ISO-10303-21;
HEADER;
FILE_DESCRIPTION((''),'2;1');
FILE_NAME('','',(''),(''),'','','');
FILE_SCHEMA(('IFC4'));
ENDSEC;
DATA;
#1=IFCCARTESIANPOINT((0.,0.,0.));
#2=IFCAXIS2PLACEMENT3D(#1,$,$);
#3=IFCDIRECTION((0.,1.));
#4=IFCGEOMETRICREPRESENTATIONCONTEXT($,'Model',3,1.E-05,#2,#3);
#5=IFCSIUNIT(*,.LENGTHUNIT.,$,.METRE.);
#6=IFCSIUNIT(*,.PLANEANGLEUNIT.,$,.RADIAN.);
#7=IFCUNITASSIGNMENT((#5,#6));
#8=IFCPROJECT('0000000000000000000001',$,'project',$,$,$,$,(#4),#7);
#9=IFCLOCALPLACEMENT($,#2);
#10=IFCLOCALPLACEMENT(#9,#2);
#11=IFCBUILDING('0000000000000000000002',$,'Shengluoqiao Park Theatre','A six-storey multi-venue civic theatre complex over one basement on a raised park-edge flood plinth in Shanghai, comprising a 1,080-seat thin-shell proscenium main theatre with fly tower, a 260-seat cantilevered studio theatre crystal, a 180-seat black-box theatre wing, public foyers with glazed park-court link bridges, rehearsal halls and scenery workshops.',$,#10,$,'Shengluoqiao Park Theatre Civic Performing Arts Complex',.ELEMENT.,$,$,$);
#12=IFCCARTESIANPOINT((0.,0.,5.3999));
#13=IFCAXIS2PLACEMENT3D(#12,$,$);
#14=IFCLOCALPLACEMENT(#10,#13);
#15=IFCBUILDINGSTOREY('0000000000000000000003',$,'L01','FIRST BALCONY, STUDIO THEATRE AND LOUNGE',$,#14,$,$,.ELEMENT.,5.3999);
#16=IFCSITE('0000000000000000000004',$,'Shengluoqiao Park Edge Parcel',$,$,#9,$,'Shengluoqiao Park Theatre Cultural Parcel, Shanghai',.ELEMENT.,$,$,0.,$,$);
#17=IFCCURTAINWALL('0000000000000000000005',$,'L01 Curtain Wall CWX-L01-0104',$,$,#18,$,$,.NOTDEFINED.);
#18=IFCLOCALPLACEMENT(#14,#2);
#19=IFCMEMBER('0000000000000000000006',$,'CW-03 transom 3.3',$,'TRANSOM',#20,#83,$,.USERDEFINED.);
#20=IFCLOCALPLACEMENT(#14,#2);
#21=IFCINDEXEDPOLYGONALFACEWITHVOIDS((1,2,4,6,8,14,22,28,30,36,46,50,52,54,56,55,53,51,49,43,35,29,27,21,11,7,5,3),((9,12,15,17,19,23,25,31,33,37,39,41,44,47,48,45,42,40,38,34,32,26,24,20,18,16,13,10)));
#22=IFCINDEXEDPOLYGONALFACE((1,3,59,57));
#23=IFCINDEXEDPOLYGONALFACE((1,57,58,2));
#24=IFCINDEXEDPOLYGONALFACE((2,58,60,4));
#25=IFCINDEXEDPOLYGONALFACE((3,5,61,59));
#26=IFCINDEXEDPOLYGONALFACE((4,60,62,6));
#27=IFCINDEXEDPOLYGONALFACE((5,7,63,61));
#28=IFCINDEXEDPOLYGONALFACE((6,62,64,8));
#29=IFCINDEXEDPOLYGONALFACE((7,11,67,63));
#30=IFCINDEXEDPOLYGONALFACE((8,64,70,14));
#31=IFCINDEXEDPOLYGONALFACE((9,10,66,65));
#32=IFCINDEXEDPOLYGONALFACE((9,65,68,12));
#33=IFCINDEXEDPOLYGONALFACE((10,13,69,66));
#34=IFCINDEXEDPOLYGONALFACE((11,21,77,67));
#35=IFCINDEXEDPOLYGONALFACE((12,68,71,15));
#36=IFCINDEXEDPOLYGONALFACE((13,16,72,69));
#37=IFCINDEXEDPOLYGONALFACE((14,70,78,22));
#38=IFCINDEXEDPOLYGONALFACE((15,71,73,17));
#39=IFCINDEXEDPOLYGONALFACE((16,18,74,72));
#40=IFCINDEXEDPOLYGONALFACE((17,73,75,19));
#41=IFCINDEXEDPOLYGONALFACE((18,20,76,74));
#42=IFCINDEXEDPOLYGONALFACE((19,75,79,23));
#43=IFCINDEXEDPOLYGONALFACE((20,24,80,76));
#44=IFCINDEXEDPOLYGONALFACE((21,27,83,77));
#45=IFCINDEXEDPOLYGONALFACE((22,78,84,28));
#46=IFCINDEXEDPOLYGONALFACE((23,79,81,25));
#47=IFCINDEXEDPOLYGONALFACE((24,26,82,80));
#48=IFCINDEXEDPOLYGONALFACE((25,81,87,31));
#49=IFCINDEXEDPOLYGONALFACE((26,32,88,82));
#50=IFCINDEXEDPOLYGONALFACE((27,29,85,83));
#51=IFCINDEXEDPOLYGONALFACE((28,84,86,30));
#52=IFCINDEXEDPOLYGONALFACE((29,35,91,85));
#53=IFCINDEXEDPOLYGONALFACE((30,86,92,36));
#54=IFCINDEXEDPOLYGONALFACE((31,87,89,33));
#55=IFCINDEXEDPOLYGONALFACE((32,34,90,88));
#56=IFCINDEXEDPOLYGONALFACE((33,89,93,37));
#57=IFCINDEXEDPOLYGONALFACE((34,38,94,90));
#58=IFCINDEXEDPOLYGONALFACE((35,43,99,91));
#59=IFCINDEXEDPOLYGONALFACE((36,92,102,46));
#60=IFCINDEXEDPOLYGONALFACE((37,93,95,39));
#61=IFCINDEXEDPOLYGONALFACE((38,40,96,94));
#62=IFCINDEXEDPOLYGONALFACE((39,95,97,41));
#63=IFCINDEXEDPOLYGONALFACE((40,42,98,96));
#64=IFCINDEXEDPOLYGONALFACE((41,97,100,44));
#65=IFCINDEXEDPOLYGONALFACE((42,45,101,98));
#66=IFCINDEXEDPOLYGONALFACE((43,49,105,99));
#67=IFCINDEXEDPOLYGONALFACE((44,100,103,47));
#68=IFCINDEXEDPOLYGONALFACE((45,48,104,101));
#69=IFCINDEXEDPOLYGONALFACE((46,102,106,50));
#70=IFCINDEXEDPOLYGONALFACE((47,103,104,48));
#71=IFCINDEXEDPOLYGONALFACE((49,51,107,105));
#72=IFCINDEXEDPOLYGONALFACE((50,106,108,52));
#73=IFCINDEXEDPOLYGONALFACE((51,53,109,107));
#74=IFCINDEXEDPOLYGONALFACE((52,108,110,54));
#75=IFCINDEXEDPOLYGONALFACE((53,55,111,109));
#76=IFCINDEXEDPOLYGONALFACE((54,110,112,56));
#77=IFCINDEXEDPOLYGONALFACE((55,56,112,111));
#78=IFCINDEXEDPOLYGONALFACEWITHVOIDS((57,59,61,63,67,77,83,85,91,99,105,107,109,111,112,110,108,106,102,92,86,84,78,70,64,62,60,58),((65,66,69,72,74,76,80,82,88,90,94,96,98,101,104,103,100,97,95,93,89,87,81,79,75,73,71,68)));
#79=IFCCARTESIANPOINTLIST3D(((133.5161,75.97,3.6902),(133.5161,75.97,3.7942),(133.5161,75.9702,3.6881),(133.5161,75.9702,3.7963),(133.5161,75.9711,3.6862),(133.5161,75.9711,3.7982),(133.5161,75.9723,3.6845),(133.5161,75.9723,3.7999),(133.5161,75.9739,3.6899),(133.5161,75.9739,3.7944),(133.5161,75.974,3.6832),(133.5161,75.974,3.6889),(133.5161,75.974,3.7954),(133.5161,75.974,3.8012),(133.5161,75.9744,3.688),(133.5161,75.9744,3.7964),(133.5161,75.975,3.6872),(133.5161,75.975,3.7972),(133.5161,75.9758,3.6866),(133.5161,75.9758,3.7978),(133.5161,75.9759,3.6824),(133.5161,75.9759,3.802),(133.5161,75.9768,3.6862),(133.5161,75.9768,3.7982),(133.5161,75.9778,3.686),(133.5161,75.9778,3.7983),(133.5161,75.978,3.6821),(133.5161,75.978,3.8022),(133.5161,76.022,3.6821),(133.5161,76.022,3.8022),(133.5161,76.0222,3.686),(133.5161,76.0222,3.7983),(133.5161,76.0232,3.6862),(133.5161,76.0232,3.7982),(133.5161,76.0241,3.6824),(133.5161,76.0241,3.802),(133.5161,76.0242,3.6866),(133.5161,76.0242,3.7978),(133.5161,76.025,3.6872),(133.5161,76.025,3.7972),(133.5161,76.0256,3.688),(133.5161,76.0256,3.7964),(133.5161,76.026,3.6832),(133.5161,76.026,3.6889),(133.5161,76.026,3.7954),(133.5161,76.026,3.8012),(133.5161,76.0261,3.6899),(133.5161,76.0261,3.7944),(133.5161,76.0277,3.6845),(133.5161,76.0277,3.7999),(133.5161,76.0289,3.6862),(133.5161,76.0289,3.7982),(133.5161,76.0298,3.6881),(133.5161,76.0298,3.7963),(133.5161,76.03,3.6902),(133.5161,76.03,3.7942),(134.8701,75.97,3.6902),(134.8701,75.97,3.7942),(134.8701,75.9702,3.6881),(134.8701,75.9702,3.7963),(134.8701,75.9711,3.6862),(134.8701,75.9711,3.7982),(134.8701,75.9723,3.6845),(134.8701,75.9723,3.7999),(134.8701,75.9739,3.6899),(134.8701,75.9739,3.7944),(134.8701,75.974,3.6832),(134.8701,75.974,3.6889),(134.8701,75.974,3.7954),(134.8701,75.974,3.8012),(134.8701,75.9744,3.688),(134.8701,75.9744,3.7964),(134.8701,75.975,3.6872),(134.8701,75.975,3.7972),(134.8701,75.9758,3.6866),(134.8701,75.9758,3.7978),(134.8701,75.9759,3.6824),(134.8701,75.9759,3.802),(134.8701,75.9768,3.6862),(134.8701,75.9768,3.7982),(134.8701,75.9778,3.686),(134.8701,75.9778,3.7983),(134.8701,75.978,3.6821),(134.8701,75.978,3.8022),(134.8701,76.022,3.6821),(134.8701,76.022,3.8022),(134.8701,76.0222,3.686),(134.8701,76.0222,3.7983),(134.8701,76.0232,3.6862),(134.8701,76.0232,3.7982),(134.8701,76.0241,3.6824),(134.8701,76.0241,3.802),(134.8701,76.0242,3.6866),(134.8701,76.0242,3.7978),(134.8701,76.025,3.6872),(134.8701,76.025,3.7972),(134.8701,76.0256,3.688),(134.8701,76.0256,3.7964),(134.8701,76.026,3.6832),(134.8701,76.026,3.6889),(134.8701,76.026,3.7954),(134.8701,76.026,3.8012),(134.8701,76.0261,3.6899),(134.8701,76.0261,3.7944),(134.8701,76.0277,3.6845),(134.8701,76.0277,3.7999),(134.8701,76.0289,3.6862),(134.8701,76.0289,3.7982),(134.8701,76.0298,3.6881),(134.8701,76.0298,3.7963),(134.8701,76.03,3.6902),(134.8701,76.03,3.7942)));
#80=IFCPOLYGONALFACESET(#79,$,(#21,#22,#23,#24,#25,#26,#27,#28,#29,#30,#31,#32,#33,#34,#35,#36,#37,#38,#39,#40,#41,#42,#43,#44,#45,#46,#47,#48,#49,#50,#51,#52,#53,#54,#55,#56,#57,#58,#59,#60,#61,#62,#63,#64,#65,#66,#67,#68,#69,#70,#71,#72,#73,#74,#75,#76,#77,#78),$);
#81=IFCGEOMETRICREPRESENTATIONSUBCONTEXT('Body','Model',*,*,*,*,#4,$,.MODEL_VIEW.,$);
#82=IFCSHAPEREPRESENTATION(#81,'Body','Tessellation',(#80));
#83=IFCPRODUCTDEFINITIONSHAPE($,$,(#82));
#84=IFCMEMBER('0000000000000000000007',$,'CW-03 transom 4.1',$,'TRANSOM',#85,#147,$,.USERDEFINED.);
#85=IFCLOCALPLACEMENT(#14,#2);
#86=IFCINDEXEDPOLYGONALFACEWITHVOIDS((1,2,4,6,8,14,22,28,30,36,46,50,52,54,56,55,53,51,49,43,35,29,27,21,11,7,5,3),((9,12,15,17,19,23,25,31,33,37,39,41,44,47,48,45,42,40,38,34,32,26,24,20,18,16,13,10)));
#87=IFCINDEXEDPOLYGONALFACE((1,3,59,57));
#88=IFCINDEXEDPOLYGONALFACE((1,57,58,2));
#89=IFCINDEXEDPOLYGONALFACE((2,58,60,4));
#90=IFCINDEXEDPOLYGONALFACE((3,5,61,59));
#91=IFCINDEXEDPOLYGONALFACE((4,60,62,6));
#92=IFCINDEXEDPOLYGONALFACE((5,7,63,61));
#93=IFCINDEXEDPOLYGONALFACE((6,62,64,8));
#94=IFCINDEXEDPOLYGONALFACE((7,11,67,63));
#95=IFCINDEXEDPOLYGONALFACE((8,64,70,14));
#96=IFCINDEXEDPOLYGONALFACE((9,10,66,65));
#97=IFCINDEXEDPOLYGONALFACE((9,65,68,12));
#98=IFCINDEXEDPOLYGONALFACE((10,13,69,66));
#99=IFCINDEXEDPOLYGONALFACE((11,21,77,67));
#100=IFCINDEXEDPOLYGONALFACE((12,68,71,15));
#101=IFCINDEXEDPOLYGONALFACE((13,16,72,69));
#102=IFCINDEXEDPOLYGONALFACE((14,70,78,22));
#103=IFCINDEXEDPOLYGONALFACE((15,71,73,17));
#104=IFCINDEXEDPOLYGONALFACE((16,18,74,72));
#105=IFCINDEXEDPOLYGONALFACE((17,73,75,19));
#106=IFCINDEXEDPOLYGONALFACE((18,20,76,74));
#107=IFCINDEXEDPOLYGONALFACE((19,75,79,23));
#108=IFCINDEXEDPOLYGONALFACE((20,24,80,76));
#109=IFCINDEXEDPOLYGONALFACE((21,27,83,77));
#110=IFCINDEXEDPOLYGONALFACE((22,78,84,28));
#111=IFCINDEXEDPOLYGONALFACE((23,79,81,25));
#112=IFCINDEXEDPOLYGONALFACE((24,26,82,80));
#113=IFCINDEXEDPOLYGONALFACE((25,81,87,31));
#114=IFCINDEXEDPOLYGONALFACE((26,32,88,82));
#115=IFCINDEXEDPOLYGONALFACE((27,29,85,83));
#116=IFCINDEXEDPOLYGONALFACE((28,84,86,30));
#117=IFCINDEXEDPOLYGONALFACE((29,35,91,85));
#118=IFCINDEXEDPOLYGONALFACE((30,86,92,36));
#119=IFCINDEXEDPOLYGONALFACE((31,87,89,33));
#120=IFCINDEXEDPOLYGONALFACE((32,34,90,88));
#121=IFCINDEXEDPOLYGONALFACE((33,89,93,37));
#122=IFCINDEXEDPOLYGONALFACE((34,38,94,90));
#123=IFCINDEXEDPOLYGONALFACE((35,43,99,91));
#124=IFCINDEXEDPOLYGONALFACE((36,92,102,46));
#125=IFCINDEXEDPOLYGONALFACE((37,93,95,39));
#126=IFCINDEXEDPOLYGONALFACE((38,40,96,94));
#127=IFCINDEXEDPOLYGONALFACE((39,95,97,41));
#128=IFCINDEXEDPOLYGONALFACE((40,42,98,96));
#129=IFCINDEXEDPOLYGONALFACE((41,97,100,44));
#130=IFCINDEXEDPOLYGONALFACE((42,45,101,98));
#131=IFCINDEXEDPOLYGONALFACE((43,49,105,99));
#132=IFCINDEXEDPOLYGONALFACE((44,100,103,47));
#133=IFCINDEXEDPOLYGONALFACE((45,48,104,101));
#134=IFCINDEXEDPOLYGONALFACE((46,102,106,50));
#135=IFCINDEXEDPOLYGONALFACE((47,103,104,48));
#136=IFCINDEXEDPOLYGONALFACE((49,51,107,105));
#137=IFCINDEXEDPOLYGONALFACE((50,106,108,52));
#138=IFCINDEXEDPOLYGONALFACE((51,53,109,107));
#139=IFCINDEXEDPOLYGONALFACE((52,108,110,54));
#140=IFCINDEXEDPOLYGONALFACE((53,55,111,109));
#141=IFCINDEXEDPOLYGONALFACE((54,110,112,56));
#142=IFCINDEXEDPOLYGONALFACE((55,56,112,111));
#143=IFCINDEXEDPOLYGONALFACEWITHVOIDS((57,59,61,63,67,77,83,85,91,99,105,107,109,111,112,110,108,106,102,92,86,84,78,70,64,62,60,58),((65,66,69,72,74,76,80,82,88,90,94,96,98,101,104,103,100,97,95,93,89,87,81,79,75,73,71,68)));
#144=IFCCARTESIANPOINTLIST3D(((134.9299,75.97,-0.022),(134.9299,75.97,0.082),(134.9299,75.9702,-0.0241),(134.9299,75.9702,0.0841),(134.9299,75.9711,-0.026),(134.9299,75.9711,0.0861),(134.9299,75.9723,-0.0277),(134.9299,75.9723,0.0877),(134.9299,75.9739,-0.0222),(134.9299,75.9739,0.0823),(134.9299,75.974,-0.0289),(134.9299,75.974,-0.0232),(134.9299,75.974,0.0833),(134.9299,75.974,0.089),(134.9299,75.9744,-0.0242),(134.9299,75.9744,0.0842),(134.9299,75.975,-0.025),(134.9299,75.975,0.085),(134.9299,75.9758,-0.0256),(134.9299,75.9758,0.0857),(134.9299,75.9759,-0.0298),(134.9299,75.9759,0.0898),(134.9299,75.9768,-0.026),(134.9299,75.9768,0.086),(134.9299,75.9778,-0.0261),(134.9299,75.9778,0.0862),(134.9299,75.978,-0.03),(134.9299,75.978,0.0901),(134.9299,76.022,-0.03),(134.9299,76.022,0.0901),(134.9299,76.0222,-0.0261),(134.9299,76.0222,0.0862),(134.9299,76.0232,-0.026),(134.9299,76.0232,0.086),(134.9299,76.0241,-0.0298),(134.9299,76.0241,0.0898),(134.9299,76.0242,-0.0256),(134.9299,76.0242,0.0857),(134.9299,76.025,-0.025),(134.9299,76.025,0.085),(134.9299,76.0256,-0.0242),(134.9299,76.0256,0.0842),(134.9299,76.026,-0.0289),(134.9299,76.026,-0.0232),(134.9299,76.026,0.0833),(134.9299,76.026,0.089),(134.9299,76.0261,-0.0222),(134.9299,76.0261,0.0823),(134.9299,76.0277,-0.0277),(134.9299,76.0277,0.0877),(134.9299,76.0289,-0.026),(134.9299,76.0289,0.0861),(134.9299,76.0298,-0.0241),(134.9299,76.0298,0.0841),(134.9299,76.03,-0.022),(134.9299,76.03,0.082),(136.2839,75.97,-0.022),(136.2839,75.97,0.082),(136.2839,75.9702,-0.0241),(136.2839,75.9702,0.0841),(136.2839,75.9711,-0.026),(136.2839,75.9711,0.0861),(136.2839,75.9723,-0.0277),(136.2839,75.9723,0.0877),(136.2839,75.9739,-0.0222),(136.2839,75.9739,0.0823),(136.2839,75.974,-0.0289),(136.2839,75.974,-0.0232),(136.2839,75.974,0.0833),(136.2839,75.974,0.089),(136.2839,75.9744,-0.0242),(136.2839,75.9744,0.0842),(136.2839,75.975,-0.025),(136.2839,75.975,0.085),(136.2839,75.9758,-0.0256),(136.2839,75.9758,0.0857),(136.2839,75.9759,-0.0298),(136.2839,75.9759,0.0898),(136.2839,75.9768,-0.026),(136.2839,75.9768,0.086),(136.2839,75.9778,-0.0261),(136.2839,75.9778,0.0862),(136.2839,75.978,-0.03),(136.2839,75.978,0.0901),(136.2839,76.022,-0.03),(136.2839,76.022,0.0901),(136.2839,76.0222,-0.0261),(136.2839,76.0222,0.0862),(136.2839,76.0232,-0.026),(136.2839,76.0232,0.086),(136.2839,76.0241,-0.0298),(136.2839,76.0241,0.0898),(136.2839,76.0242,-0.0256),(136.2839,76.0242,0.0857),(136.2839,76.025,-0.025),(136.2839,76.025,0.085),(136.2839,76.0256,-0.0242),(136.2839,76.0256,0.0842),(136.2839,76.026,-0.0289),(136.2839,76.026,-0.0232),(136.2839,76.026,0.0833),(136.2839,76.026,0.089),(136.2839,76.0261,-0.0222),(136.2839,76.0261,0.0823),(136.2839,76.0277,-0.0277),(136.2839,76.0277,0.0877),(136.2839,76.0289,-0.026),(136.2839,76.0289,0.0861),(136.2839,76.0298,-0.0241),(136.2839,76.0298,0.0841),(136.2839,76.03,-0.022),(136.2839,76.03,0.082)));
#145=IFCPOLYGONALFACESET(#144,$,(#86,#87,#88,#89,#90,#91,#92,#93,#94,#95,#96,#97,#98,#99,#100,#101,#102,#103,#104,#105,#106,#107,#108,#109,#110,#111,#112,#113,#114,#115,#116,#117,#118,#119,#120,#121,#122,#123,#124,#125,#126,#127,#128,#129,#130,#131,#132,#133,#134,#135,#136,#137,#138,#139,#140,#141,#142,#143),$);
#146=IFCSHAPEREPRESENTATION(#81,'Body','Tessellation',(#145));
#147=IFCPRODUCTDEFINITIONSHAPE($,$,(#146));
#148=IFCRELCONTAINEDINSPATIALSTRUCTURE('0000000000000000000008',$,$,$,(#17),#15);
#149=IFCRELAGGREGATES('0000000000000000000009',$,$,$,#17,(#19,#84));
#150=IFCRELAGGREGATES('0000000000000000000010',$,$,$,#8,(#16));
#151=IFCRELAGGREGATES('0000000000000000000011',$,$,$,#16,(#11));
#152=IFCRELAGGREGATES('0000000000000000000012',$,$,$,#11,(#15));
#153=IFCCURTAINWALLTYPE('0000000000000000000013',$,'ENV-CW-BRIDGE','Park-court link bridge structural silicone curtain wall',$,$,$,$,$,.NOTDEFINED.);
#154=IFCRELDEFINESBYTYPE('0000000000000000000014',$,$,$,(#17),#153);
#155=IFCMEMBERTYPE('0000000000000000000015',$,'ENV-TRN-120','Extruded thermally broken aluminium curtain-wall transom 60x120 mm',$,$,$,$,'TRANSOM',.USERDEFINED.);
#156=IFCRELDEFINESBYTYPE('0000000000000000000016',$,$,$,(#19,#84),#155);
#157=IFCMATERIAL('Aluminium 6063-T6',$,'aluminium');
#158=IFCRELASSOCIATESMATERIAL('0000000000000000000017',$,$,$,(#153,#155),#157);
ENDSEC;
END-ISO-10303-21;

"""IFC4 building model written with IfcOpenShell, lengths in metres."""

from ifc_helpers import new_model, si_unit, direction, frame, origin, origin_2d, place, context, subcontext, project, spatial, hollow_rectangle, extrude, material, material_profile, profile_set, type_object, element, aggregate, save


model = new_model("IFC4")

# Units and contexts
model_context = context("Model", 3, precision=1e-05, world=origin(), true_north=direction((0.0, 1.0)))
body_context = subcontext(model_context, "Body", "Model", "MODEL_VIEW")
ifc_project = project(units=[si_unit("LENGTHUNIT", "METRE"), si_unit("PLANEANGLEUNIT", "RADIAN")], contexts=[model_context])

# Site, building, storey
site_placement = place(None, origin())
site = spatial("IfcSite", under=ifc_project, at=site_placement, Name="Shengluoqiao Park Edge Parcel", LongName="Shengluoqiao Park Theatre Cultural Parcel, Shanghai", CompositionType="ELEMENT", RefElevation=0.0)
building_placement = place(site_placement, origin())
building = spatial("IfcBuilding", under=site, at=building_placement, Name="Shengluoqiao Park Theatre", Description="A six-storey multi-venue civic theatre complex over one basement on a raised park-edge flood plinth in Shanghai, comprising a 1,080-seat thin-shell proscenium main theatre with fly tower, a 260-seat cantilevered studio theatre crystal, a 180-seat black-box theatre wing, public foyers with glazed park-court link bridges, rehearsal halls and scenery workshops.", LongName="Shengluoqiao Park Theatre Civic Performing Arts Complex", CompositionType="ELEMENT")
storey_placement = place(building_placement, frame((0.0, 0.0, 5.3999)))
storey = spatial("IfcBuildingStorey", under=building, at=storey_placement, Name="L01", Description="FIRST BALCONY, STUDIO THEATRE AND LOUNGE", CompositionType="ELEMENT", Elevation=5.3999)

# Curtain wall, members
ifc_material_1 = material(Name="Aluminium 6063-T6", Category="aluminium")
curtain_wall_type = type_object("IfcCurtainWallType", Name="ENV-CW-BRIDGE", Description="Park-court link bridge structural silicone curtain wall", PredefinedType="NOTDEFINED", material=ifc_material_1)
curtain_wall_placement = place(storey_placement, origin())
curtain_wall = element("IfcCurtainWall", 1, at=curtain_wall_placement, inside=storey, type_object=curtain_wall_type, Name="L01 Curtain Wall CWX-L01-0104", PredefinedType="NOTDEFINED")
ifc_material_profile_1 = material_profile(ifc_material_1, hollow_rectangle(XDim=0.0601, YDim=0.1201, WallThickness=0.0039, InnerFilletRadius=0.0039, OuterFilletRadius=0.0081, at=origin_2d()), Name="ALU TRANSOM 120x60x4")
ifc_profile_set_1 = profile_set([ifc_material_profile_1], Name="Aluminium 6063-T6")
member_type_1 = type_object("IfcMemberType", Name="ENV-TRN-120", Description="Extruded thermally broken aluminium curtain-wall transom 60x120 mm", ElementType="TRANSOM", PredefinedType="USERDEFINED", material=ifc_profile_set_1)
member_1_placement = place(storey_placement, frame((133.5161, 76.0, 3.7422), z_axis=(1.0, 0.0, 0.0), x_axis=(0.0, 1.0, 0.0)))
member_1 = element("IfcMember", 2, at=member_1_placement, type_object=member_type_1, Name="CW-03 transom 3.3", ObjectType="TRANSOM", PredefinedType="USERDEFINED", context=body_context, shape_type="SweptSolid", body=[
    extrude(hollow_rectangle(XDim=0.0601, YDim=0.1201, WallThickness=0.0039, InnerFilletRadius=0.0039, OuterFilletRadius=0.0081, at=origin_2d()), origin(), (0.0, 0.0, 1.0), 1.354),
])
member_2_placement = place(storey_placement, frame((134.9299, 76.0, 0.03), z_axis=(1.0, 0.0, 0.0), x_axis=(0.0, 1.0, 0.0)))
member_2 = element("IfcMember", 3, at=member_2_placement, type_object=member_type_1, Name="CW-03 transom 4.1", ObjectType="TRANSOM", PredefinedType="USERDEFINED", context=body_context, shape_type="SweptSolid", body=[
    extrude(hollow_rectangle(XDim=0.0601, YDim=0.1201, WallThickness=0.0039, InnerFilletRadius=0.0039, OuterFilletRadius=0.0081, at=origin_2d()), origin(), (0.0, 0.0, 1.0), 1.354),
])

aggregate(curtain_wall, [member_1, member_2])

save(model, "model.ifc")
